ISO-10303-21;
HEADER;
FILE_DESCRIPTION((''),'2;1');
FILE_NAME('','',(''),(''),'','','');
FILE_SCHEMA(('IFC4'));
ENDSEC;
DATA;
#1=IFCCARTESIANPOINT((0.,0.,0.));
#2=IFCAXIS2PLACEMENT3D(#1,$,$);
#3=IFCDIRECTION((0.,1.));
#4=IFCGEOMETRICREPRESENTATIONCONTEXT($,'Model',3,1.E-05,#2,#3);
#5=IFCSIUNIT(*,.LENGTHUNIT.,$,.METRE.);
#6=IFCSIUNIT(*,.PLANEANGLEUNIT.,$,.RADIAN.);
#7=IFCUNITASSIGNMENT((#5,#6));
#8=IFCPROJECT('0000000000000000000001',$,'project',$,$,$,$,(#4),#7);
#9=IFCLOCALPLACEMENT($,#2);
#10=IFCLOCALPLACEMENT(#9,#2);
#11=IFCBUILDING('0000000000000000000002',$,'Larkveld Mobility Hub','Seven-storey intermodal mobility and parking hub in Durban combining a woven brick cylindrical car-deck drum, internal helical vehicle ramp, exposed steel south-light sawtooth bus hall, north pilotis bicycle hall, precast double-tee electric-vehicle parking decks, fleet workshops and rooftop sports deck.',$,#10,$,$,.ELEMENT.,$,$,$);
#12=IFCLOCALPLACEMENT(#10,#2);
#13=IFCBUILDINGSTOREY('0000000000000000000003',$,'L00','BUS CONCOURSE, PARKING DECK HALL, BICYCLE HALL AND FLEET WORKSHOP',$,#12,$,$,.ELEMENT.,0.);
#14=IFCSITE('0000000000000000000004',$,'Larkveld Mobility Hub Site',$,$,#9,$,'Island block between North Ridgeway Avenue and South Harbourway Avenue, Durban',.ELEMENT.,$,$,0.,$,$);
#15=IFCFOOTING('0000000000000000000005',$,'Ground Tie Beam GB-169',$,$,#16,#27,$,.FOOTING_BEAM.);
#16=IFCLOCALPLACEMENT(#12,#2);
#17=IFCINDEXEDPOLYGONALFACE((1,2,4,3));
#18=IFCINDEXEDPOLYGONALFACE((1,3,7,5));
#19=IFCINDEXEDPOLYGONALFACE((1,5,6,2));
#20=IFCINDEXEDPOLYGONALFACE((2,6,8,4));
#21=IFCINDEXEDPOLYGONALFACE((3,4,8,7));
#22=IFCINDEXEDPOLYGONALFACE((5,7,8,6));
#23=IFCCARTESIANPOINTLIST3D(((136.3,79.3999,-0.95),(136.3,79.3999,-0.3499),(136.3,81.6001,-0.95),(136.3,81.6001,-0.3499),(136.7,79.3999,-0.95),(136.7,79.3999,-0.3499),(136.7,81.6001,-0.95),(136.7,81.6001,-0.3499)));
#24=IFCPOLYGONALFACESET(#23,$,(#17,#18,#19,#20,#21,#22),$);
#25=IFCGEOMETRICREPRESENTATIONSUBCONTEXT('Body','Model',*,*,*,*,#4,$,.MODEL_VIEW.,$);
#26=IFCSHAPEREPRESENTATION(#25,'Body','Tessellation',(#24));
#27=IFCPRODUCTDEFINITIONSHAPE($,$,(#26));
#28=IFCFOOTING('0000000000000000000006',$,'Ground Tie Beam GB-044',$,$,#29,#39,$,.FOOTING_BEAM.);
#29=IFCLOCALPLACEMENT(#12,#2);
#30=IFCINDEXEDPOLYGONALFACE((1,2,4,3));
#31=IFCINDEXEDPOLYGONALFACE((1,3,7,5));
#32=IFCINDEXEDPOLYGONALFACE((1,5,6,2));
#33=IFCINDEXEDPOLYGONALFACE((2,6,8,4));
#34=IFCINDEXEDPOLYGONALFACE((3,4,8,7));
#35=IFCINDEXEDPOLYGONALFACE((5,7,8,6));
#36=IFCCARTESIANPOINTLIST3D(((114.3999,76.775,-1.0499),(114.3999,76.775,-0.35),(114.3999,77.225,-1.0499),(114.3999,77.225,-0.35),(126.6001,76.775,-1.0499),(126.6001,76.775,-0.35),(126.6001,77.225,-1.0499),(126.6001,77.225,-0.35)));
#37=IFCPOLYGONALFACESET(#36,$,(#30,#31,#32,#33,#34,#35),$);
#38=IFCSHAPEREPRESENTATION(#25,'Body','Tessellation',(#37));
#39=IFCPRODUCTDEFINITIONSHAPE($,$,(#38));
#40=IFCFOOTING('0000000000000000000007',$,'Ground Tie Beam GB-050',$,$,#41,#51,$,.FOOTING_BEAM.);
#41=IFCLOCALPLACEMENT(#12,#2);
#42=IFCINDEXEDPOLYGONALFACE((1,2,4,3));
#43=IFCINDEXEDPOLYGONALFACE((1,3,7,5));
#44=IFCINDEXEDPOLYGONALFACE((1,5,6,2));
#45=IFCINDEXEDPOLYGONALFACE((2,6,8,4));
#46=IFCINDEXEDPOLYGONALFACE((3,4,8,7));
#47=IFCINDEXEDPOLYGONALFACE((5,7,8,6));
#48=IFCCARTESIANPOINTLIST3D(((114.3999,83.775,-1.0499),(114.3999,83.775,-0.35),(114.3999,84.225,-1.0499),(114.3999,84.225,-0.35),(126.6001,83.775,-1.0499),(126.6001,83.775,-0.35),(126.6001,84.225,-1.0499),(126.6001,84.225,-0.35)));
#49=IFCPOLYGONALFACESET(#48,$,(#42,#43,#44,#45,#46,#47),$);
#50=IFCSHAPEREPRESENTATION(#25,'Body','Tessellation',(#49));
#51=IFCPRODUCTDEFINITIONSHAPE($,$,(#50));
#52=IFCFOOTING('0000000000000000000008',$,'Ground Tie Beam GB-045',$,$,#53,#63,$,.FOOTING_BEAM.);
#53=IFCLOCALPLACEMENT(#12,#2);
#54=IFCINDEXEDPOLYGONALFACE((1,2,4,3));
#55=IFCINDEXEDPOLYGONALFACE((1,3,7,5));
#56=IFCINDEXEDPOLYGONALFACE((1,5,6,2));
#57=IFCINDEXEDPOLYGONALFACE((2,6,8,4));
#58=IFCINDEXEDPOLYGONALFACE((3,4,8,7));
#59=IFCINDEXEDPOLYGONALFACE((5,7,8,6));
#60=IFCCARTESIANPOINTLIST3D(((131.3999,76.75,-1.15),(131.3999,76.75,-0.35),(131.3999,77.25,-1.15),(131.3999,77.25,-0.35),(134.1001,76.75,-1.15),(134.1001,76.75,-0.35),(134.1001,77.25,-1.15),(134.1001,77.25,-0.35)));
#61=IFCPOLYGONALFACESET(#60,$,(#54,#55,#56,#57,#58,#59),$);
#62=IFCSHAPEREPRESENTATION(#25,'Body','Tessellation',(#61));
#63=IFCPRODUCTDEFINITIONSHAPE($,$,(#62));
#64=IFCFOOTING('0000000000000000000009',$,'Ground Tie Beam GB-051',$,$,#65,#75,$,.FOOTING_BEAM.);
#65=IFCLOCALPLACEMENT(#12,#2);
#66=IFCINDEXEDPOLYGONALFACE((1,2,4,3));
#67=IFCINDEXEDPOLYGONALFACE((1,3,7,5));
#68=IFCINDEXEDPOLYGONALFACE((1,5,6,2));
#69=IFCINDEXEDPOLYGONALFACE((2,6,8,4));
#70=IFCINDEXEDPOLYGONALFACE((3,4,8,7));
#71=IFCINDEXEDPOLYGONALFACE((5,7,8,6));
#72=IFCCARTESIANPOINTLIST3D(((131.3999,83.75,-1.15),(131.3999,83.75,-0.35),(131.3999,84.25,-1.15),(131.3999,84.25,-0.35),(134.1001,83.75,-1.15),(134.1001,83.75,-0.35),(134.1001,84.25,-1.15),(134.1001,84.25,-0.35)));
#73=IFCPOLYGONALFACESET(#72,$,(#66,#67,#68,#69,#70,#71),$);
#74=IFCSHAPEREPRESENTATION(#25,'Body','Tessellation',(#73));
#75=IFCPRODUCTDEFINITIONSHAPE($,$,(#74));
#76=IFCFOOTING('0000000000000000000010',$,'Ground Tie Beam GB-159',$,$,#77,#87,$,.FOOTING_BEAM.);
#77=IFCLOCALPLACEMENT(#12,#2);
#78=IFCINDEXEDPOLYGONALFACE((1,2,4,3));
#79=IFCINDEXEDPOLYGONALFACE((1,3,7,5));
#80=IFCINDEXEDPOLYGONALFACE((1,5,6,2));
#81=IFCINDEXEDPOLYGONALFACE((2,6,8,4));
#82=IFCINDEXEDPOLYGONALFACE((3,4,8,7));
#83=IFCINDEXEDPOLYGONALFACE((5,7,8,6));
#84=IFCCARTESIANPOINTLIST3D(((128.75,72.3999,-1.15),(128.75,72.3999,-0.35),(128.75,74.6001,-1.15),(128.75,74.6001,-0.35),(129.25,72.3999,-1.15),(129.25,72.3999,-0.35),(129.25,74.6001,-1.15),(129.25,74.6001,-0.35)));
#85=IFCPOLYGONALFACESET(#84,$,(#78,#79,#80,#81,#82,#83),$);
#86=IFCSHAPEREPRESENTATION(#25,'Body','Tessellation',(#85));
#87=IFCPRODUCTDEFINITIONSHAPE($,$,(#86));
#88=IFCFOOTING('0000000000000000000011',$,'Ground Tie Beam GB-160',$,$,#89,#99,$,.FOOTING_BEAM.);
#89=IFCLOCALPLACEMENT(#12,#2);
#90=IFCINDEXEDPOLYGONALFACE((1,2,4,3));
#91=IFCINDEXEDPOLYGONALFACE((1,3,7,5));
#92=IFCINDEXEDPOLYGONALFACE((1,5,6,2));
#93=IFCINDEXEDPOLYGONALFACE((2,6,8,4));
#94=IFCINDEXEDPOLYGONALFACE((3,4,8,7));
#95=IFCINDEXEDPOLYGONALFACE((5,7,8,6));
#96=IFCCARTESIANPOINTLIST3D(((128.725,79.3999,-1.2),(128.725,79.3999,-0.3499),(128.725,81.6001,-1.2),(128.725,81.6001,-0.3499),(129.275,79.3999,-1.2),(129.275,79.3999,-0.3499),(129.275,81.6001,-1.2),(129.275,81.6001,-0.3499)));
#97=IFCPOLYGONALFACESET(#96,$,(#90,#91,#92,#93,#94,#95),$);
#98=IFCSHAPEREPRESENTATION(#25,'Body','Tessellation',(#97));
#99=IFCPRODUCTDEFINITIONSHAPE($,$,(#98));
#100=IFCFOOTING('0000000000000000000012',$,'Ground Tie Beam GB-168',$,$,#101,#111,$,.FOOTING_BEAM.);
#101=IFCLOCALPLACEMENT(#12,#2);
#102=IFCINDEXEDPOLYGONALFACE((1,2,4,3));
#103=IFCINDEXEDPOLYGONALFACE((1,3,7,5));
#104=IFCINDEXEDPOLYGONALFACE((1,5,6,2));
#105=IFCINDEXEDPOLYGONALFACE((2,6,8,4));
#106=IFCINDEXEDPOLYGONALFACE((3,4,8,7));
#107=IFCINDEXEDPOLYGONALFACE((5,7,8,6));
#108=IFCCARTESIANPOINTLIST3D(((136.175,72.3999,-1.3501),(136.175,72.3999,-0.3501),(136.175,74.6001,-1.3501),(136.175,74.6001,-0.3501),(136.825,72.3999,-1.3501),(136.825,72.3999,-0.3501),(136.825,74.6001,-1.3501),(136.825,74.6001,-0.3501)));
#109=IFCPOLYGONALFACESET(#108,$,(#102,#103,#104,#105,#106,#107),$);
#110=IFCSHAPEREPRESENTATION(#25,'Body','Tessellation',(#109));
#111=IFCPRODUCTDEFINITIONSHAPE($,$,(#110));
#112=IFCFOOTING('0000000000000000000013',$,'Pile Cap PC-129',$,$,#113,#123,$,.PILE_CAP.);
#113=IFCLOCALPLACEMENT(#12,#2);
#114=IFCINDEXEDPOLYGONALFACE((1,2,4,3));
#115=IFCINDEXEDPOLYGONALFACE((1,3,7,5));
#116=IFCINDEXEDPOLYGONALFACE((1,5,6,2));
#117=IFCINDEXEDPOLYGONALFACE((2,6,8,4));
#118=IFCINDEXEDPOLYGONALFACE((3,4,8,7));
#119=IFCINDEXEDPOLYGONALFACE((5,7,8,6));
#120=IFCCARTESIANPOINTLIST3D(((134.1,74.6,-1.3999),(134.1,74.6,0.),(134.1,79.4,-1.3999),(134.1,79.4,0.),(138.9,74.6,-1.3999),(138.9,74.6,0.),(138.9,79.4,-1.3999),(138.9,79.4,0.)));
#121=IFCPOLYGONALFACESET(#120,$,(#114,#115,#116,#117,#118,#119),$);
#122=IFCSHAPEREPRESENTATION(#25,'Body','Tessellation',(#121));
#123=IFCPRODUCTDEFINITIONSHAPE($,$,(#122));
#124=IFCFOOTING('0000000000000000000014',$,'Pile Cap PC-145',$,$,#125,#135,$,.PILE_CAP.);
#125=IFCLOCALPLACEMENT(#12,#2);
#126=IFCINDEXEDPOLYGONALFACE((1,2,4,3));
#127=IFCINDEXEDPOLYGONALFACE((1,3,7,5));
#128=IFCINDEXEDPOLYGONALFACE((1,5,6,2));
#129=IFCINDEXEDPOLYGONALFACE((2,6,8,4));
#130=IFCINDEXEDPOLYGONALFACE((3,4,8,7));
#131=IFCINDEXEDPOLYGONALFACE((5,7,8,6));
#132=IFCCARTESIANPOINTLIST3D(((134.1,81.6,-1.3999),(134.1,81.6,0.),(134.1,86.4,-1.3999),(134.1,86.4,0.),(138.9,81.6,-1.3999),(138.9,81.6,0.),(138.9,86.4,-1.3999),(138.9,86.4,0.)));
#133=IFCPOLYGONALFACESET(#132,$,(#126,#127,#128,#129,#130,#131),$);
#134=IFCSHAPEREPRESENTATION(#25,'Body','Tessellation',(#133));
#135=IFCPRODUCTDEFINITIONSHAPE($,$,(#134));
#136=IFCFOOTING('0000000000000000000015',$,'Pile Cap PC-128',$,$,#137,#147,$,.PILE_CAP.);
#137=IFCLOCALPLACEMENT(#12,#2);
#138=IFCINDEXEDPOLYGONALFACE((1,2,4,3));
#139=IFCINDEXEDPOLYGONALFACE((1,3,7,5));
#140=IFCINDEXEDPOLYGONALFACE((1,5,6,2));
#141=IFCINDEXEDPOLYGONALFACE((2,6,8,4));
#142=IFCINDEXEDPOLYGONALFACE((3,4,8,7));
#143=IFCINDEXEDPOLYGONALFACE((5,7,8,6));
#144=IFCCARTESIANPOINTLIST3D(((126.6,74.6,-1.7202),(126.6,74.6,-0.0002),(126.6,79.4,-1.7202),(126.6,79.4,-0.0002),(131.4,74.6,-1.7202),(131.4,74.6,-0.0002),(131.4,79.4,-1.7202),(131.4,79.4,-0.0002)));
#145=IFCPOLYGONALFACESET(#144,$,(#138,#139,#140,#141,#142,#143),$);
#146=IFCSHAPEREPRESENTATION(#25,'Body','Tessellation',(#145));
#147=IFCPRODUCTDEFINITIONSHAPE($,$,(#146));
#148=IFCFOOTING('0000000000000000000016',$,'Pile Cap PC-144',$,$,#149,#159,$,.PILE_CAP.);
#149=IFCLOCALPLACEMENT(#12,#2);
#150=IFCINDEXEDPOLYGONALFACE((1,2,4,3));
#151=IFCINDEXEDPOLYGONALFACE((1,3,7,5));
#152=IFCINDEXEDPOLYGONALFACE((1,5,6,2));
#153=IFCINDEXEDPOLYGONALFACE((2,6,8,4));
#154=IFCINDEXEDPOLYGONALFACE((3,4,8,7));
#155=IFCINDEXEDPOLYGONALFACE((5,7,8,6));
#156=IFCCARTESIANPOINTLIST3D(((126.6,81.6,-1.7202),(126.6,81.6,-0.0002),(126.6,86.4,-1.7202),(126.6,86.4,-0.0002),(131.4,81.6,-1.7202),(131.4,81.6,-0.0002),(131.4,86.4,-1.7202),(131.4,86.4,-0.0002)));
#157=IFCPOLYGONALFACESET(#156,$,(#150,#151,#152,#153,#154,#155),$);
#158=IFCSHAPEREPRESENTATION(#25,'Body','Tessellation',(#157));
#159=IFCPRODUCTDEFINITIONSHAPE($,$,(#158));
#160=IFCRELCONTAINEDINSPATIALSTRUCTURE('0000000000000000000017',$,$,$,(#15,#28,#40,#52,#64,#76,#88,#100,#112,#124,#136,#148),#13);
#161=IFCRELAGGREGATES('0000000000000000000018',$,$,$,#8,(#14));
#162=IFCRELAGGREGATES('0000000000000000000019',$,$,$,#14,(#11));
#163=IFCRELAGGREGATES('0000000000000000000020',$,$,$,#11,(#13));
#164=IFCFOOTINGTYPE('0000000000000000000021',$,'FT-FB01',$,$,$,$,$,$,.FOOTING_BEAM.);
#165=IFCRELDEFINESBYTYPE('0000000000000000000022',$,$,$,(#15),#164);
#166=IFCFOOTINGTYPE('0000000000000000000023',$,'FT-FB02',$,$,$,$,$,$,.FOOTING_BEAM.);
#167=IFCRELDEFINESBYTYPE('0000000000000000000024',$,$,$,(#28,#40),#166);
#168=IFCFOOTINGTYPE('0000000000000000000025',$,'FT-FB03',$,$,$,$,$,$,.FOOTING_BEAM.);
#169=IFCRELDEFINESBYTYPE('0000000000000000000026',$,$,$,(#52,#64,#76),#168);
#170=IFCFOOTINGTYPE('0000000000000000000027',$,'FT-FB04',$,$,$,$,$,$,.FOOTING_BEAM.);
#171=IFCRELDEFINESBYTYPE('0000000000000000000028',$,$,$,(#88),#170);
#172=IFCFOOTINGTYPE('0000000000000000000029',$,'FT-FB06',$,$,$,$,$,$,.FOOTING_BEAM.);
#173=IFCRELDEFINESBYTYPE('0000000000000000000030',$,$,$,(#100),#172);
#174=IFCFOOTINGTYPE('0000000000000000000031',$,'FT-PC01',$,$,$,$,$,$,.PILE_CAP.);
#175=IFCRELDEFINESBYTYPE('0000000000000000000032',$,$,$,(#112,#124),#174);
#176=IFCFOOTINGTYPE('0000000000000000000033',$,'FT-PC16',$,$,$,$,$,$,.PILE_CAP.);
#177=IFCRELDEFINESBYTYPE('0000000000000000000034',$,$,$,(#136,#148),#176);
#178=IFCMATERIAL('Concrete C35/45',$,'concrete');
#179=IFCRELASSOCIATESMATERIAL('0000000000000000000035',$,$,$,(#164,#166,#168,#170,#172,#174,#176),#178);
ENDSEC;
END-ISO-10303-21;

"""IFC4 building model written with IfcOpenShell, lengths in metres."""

from ifc_helpers import new_model, si_unit, direction, frame, origin, origin_2d, place, context, subcontext, project, spatial, rectangle, extrude, material, material_profile, profile_set, type_object, element, save


model = new_model("IFC4")

# Units and contexts
model_context = context("Model", 3, precision=1e-05, world=origin(), true_north=direction((0.0, 1.0)))
body_context = subcontext(model_context, "Body", "Model", "MODEL_VIEW")
ifc_project = project(units=[si_unit("LENGTHUNIT", "METRE"), si_unit("PLANEANGLEUNIT", "RADIAN")], contexts=[model_context])

# Site, building, storey
site_placement = place(None, origin())
site = spatial("IfcSite", under=ifc_project, at=site_placement, Name="Larkveld Mobility Hub Site", LongName="Island block between North Ridgeway Avenue and South Harbourway Avenue, Durban", CompositionType="ELEMENT", RefElevation=0.0)
building_placement = place(site_placement, origin())
building = spatial("IfcBuilding", under=site, at=building_placement, Name="Larkveld Mobility Hub", Description="Seven-storey intermodal mobility and parking hub in Durban combining a woven brick cylindrical car-deck drum, internal helical vehicle ramp, exposed steel south-light sawtooth bus hall, north pilotis bicycle hall, precast double-tee electric-vehicle parking decks, fleet workshops and rooftop sports deck.", CompositionType="ELEMENT")
storey_placement = place(building_placement, origin())
storey = spatial("IfcBuildingStorey", under=building, at=storey_placement, Name="L00", Description="BUS CONCOURSE, PARKING DECK HALL, BICYCLE HALL AND FLEET WORKSHOP", CompositionType="ELEMENT", Elevation=0.0)

# Footings
ifc_material_1 = material(Name="Concrete C35/45", Category="concrete")
ifc_material_profile_1 = material_profile(ifc_material_1, rectangle(XDim=0.3999, YDim=0.6001, at=origin_2d()), Name="RC BM 400x600")
ifc_profile_set_1 = profile_set([ifc_material_profile_1], Name="Concrete C35/45")
footing_type_1 = type_object("IfcFootingType", Name="FT-FB01", PredefinedType="FOOTING_BEAM", material=ifc_profile_set_1)
footing_1_placement = place(storey_placement, frame((136.5, 79.3999, -0.6499), z_axis=(0.0, 1.0, 0.0), x_axis=(-1.0, 0.0, 0.0)))
element("IfcFooting", 1, at=footing_1_placement, inside=storey, type_object=footing_type_1, Name="Ground Tie Beam GB-169", PredefinedType="FOOTING_BEAM", context=body_context, shape_type="SweptSolid", body=[
    extrude(rectangle(XDim=0.3999, YDim=0.6001, at=origin_2d()), origin(), (0.0, 0.0, 1.0), 2.2002),
])
ifc_material_profile_2 = material_profile(ifc_material_1, rectangle(XDim=0.45, YDim=0.7, at=origin_2d()), Name="RC BM 450x700")
ifc_profile_set_2 = profile_set([ifc_material_profile_2], Name="Concrete C35/45")
footing_type_2 = type_object("IfcFootingType", Name="FT-FB02", PredefinedType="FOOTING_BEAM", material=ifc_profile_set_2)
for number, where, z_axis, x_axis, name in (
    (2, (114.3999, 77.0, -0.7), (1.0, 0.0, 0.0), (0.0, 1.0, 0.0), "Ground Tie Beam GB-044"),
    (3, (114.3999, 84.0, -0.7), (1.0, 0.0, 0.0), (0.0, 1.0, 0.0), "Ground Tie Beam GB-050"),
):
    element("IfcFooting", number, at=place(storey_placement, frame(where, z_axis=z_axis, x_axis=x_axis)), inside=storey, type_object=footing_type_2, Name=name, PredefinedType="FOOTING_BEAM", context=body_context, shape_type="SweptSolid", body=[
        extrude(rectangle(XDim=0.45, YDim=0.7, at=origin_2d()), origin(), (0.0, 0.0, 1.0), 12.2002),
    ])
ifc_material_profile_3 = material_profile(ifc_material_1, rectangle(XDim=0.5, YDim=0.8, at=origin_2d()), Name="RC BM 500x800")
ifc_profile_set_3 = profile_set([ifc_material_profile_3], Name="Concrete C35/45")
footing_type_3 = type_object("IfcFootingType", Name="FT-FB03", PredefinedType="FOOTING_BEAM", material=ifc_profile_set_3)
for number, where, z_axis, x_axis, name in (
    (4, (131.3999, 77.0, -0.75), (1.0, 0.0, 0.0), (0.0, 1.0, 0.0), "Ground Tie Beam GB-045"),
    (5, (131.3999, 84.0, -0.75), (1.0, 0.0, 0.0), (0.0, 1.0, 0.0), "Ground Tie Beam GB-051"),
):
    element("IfcFooting", number, at=place(storey_placement, frame(where, z_axis=z_axis, x_axis=x_axis)), inside=storey, type_object=footing_type_3, Name=name, PredefinedType="FOOTING_BEAM", context=body_context, shape_type="SweptSolid", body=[
        extrude(rectangle(XDim=0.5, YDim=0.8, at=origin_2d()), origin(), (0.0, 0.0, 1.0), 2.7002),
    ])
footing_2_placement = place(storey_placement, frame((129.0, 72.3999, -0.75), z_axis=(0.0, 1.0, 0.0), x_axis=(-1.0, 0.0, 0.0)))
element("IfcFooting", 6, at=footing_2_placement, inside=storey, type_object=footing_type_3, Name="Ground Tie Beam GB-159", PredefinedType="FOOTING_BEAM", context=body_context, shape_type="SweptSolid", body=[
    extrude(rectangle(XDim=0.5, YDim=0.8, at=origin_2d()), origin(), (0.0, 0.0, 1.0), 2.2002),
])
ifc_material_profile_4 = material_profile(ifc_material_1, rectangle(XDim=0.55, YDim=0.8501, at=origin_2d()), Name="RC BM 550x850")
ifc_profile_set_4 = profile_set([ifc_material_profile_4], Name="Concrete C35/45")
footing_type_4 = type_object("IfcFootingType", Name="FT-FB04", PredefinedType="FOOTING_BEAM", material=ifc_profile_set_4)
footing_3_placement = place(storey_placement, frame((129.0, 79.3999, -0.7749), z_axis=(0.0, 1.0, 0.0), x_axis=(-1.0, 0.0, 0.0)))
element("IfcFooting", 7, at=footing_3_placement, inside=storey, type_object=footing_type_4, Name="Ground Tie Beam GB-160", PredefinedType="FOOTING_BEAM", context=body_context, shape_type="SweptSolid", body=[
    extrude(rectangle(XDim=0.55, YDim=0.8501, at=origin_2d()), origin(), (0.0, 0.0, 1.0), 2.2002),
])
ifc_material_profile_5 = material_profile(ifc_material_1, rectangle(XDim=0.6499, YDim=1.0, at=origin_2d()), Name="RC BM 650x1000")
ifc_profile_set_5 = profile_set([ifc_material_profile_5], Name="Concrete C35/45")
footing_type_5 = type_object("IfcFootingType", Name="FT-FB06", PredefinedType="FOOTING_BEAM", material=ifc_profile_set_5)
footing_4_placement = place(storey_placement, frame((136.5, 72.3999, -0.8501), z_axis=(0.0, 1.0, 0.0), x_axis=(-1.0, 0.0, 0.0)))
element("IfcFooting", 8, at=footing_4_placement, inside=storey, type_object=footing_type_5, Name="Ground Tie Beam GB-168", PredefinedType="FOOTING_BEAM", context=body_context, shape_type="SweptSolid", body=[
    extrude(rectangle(XDim=0.6499, YDim=1.0, at=origin_2d()), origin(), (0.0, 0.0, 1.0), 2.2002),
])
footing_type_6 = type_object("IfcFootingType", Name="FT-PC01", PredefinedType="PILE_CAP", material=ifc_material_1)
for number, where, z_axis, x_axis, name in (
    (9, (136.5, 77.0, -1.3999), (0.0, 0.0, 1.0), (1.0, 0.0, 0.0), "Pile Cap PC-129"),
    (10, (136.5, 84.0, -1.3999), (0.0, 0.0, 1.0), (1.0, 0.0, 0.0), "Pile Cap PC-145"),
):
    element("IfcFooting", number, at=place(storey_placement, frame(where, z_axis=z_axis, x_axis=x_axis)), inside=storey, type_object=footing_type_6, Name=name, PredefinedType="PILE_CAP", context=body_context, shape_type="SweptSolid", body=[
        extrude(rectangle(XDim=4.8, YDim=4.8, at=origin_2d()), origin(), (0.0, 0.0, 1.0), 1.3999),
    ])
footing_type_7 = type_object("IfcFootingType", Name="FT-PC16", PredefinedType="PILE_CAP", material=ifc_material_1)
for number, where, z_axis, x_axis, name in (
    (11, (129.0, 77.0, -1.7202), (0.0, 0.0, 1.0), (1.0, 0.0, 0.0), "Pile Cap PC-128"),
    (12, (129.0, 84.0, -1.7202), (0.0, 0.0, 1.0), (1.0, 0.0, 0.0), "Pile Cap PC-144"),
):
    element("IfcFooting", number, at=place(storey_placement, frame(where, z_axis=z_axis, x_axis=x_axis)), inside=storey, type_object=footing_type_7, Name=name, PredefinedType="PILE_CAP", context=body_context, shape_type="SweptSolid", body=[
        extrude(rectangle(XDim=4.8, YDim=4.8, at=origin_2d()), origin(), (0.0, 0.0, 1.0), 1.72),
    ])

save(model, "model.ifc")
